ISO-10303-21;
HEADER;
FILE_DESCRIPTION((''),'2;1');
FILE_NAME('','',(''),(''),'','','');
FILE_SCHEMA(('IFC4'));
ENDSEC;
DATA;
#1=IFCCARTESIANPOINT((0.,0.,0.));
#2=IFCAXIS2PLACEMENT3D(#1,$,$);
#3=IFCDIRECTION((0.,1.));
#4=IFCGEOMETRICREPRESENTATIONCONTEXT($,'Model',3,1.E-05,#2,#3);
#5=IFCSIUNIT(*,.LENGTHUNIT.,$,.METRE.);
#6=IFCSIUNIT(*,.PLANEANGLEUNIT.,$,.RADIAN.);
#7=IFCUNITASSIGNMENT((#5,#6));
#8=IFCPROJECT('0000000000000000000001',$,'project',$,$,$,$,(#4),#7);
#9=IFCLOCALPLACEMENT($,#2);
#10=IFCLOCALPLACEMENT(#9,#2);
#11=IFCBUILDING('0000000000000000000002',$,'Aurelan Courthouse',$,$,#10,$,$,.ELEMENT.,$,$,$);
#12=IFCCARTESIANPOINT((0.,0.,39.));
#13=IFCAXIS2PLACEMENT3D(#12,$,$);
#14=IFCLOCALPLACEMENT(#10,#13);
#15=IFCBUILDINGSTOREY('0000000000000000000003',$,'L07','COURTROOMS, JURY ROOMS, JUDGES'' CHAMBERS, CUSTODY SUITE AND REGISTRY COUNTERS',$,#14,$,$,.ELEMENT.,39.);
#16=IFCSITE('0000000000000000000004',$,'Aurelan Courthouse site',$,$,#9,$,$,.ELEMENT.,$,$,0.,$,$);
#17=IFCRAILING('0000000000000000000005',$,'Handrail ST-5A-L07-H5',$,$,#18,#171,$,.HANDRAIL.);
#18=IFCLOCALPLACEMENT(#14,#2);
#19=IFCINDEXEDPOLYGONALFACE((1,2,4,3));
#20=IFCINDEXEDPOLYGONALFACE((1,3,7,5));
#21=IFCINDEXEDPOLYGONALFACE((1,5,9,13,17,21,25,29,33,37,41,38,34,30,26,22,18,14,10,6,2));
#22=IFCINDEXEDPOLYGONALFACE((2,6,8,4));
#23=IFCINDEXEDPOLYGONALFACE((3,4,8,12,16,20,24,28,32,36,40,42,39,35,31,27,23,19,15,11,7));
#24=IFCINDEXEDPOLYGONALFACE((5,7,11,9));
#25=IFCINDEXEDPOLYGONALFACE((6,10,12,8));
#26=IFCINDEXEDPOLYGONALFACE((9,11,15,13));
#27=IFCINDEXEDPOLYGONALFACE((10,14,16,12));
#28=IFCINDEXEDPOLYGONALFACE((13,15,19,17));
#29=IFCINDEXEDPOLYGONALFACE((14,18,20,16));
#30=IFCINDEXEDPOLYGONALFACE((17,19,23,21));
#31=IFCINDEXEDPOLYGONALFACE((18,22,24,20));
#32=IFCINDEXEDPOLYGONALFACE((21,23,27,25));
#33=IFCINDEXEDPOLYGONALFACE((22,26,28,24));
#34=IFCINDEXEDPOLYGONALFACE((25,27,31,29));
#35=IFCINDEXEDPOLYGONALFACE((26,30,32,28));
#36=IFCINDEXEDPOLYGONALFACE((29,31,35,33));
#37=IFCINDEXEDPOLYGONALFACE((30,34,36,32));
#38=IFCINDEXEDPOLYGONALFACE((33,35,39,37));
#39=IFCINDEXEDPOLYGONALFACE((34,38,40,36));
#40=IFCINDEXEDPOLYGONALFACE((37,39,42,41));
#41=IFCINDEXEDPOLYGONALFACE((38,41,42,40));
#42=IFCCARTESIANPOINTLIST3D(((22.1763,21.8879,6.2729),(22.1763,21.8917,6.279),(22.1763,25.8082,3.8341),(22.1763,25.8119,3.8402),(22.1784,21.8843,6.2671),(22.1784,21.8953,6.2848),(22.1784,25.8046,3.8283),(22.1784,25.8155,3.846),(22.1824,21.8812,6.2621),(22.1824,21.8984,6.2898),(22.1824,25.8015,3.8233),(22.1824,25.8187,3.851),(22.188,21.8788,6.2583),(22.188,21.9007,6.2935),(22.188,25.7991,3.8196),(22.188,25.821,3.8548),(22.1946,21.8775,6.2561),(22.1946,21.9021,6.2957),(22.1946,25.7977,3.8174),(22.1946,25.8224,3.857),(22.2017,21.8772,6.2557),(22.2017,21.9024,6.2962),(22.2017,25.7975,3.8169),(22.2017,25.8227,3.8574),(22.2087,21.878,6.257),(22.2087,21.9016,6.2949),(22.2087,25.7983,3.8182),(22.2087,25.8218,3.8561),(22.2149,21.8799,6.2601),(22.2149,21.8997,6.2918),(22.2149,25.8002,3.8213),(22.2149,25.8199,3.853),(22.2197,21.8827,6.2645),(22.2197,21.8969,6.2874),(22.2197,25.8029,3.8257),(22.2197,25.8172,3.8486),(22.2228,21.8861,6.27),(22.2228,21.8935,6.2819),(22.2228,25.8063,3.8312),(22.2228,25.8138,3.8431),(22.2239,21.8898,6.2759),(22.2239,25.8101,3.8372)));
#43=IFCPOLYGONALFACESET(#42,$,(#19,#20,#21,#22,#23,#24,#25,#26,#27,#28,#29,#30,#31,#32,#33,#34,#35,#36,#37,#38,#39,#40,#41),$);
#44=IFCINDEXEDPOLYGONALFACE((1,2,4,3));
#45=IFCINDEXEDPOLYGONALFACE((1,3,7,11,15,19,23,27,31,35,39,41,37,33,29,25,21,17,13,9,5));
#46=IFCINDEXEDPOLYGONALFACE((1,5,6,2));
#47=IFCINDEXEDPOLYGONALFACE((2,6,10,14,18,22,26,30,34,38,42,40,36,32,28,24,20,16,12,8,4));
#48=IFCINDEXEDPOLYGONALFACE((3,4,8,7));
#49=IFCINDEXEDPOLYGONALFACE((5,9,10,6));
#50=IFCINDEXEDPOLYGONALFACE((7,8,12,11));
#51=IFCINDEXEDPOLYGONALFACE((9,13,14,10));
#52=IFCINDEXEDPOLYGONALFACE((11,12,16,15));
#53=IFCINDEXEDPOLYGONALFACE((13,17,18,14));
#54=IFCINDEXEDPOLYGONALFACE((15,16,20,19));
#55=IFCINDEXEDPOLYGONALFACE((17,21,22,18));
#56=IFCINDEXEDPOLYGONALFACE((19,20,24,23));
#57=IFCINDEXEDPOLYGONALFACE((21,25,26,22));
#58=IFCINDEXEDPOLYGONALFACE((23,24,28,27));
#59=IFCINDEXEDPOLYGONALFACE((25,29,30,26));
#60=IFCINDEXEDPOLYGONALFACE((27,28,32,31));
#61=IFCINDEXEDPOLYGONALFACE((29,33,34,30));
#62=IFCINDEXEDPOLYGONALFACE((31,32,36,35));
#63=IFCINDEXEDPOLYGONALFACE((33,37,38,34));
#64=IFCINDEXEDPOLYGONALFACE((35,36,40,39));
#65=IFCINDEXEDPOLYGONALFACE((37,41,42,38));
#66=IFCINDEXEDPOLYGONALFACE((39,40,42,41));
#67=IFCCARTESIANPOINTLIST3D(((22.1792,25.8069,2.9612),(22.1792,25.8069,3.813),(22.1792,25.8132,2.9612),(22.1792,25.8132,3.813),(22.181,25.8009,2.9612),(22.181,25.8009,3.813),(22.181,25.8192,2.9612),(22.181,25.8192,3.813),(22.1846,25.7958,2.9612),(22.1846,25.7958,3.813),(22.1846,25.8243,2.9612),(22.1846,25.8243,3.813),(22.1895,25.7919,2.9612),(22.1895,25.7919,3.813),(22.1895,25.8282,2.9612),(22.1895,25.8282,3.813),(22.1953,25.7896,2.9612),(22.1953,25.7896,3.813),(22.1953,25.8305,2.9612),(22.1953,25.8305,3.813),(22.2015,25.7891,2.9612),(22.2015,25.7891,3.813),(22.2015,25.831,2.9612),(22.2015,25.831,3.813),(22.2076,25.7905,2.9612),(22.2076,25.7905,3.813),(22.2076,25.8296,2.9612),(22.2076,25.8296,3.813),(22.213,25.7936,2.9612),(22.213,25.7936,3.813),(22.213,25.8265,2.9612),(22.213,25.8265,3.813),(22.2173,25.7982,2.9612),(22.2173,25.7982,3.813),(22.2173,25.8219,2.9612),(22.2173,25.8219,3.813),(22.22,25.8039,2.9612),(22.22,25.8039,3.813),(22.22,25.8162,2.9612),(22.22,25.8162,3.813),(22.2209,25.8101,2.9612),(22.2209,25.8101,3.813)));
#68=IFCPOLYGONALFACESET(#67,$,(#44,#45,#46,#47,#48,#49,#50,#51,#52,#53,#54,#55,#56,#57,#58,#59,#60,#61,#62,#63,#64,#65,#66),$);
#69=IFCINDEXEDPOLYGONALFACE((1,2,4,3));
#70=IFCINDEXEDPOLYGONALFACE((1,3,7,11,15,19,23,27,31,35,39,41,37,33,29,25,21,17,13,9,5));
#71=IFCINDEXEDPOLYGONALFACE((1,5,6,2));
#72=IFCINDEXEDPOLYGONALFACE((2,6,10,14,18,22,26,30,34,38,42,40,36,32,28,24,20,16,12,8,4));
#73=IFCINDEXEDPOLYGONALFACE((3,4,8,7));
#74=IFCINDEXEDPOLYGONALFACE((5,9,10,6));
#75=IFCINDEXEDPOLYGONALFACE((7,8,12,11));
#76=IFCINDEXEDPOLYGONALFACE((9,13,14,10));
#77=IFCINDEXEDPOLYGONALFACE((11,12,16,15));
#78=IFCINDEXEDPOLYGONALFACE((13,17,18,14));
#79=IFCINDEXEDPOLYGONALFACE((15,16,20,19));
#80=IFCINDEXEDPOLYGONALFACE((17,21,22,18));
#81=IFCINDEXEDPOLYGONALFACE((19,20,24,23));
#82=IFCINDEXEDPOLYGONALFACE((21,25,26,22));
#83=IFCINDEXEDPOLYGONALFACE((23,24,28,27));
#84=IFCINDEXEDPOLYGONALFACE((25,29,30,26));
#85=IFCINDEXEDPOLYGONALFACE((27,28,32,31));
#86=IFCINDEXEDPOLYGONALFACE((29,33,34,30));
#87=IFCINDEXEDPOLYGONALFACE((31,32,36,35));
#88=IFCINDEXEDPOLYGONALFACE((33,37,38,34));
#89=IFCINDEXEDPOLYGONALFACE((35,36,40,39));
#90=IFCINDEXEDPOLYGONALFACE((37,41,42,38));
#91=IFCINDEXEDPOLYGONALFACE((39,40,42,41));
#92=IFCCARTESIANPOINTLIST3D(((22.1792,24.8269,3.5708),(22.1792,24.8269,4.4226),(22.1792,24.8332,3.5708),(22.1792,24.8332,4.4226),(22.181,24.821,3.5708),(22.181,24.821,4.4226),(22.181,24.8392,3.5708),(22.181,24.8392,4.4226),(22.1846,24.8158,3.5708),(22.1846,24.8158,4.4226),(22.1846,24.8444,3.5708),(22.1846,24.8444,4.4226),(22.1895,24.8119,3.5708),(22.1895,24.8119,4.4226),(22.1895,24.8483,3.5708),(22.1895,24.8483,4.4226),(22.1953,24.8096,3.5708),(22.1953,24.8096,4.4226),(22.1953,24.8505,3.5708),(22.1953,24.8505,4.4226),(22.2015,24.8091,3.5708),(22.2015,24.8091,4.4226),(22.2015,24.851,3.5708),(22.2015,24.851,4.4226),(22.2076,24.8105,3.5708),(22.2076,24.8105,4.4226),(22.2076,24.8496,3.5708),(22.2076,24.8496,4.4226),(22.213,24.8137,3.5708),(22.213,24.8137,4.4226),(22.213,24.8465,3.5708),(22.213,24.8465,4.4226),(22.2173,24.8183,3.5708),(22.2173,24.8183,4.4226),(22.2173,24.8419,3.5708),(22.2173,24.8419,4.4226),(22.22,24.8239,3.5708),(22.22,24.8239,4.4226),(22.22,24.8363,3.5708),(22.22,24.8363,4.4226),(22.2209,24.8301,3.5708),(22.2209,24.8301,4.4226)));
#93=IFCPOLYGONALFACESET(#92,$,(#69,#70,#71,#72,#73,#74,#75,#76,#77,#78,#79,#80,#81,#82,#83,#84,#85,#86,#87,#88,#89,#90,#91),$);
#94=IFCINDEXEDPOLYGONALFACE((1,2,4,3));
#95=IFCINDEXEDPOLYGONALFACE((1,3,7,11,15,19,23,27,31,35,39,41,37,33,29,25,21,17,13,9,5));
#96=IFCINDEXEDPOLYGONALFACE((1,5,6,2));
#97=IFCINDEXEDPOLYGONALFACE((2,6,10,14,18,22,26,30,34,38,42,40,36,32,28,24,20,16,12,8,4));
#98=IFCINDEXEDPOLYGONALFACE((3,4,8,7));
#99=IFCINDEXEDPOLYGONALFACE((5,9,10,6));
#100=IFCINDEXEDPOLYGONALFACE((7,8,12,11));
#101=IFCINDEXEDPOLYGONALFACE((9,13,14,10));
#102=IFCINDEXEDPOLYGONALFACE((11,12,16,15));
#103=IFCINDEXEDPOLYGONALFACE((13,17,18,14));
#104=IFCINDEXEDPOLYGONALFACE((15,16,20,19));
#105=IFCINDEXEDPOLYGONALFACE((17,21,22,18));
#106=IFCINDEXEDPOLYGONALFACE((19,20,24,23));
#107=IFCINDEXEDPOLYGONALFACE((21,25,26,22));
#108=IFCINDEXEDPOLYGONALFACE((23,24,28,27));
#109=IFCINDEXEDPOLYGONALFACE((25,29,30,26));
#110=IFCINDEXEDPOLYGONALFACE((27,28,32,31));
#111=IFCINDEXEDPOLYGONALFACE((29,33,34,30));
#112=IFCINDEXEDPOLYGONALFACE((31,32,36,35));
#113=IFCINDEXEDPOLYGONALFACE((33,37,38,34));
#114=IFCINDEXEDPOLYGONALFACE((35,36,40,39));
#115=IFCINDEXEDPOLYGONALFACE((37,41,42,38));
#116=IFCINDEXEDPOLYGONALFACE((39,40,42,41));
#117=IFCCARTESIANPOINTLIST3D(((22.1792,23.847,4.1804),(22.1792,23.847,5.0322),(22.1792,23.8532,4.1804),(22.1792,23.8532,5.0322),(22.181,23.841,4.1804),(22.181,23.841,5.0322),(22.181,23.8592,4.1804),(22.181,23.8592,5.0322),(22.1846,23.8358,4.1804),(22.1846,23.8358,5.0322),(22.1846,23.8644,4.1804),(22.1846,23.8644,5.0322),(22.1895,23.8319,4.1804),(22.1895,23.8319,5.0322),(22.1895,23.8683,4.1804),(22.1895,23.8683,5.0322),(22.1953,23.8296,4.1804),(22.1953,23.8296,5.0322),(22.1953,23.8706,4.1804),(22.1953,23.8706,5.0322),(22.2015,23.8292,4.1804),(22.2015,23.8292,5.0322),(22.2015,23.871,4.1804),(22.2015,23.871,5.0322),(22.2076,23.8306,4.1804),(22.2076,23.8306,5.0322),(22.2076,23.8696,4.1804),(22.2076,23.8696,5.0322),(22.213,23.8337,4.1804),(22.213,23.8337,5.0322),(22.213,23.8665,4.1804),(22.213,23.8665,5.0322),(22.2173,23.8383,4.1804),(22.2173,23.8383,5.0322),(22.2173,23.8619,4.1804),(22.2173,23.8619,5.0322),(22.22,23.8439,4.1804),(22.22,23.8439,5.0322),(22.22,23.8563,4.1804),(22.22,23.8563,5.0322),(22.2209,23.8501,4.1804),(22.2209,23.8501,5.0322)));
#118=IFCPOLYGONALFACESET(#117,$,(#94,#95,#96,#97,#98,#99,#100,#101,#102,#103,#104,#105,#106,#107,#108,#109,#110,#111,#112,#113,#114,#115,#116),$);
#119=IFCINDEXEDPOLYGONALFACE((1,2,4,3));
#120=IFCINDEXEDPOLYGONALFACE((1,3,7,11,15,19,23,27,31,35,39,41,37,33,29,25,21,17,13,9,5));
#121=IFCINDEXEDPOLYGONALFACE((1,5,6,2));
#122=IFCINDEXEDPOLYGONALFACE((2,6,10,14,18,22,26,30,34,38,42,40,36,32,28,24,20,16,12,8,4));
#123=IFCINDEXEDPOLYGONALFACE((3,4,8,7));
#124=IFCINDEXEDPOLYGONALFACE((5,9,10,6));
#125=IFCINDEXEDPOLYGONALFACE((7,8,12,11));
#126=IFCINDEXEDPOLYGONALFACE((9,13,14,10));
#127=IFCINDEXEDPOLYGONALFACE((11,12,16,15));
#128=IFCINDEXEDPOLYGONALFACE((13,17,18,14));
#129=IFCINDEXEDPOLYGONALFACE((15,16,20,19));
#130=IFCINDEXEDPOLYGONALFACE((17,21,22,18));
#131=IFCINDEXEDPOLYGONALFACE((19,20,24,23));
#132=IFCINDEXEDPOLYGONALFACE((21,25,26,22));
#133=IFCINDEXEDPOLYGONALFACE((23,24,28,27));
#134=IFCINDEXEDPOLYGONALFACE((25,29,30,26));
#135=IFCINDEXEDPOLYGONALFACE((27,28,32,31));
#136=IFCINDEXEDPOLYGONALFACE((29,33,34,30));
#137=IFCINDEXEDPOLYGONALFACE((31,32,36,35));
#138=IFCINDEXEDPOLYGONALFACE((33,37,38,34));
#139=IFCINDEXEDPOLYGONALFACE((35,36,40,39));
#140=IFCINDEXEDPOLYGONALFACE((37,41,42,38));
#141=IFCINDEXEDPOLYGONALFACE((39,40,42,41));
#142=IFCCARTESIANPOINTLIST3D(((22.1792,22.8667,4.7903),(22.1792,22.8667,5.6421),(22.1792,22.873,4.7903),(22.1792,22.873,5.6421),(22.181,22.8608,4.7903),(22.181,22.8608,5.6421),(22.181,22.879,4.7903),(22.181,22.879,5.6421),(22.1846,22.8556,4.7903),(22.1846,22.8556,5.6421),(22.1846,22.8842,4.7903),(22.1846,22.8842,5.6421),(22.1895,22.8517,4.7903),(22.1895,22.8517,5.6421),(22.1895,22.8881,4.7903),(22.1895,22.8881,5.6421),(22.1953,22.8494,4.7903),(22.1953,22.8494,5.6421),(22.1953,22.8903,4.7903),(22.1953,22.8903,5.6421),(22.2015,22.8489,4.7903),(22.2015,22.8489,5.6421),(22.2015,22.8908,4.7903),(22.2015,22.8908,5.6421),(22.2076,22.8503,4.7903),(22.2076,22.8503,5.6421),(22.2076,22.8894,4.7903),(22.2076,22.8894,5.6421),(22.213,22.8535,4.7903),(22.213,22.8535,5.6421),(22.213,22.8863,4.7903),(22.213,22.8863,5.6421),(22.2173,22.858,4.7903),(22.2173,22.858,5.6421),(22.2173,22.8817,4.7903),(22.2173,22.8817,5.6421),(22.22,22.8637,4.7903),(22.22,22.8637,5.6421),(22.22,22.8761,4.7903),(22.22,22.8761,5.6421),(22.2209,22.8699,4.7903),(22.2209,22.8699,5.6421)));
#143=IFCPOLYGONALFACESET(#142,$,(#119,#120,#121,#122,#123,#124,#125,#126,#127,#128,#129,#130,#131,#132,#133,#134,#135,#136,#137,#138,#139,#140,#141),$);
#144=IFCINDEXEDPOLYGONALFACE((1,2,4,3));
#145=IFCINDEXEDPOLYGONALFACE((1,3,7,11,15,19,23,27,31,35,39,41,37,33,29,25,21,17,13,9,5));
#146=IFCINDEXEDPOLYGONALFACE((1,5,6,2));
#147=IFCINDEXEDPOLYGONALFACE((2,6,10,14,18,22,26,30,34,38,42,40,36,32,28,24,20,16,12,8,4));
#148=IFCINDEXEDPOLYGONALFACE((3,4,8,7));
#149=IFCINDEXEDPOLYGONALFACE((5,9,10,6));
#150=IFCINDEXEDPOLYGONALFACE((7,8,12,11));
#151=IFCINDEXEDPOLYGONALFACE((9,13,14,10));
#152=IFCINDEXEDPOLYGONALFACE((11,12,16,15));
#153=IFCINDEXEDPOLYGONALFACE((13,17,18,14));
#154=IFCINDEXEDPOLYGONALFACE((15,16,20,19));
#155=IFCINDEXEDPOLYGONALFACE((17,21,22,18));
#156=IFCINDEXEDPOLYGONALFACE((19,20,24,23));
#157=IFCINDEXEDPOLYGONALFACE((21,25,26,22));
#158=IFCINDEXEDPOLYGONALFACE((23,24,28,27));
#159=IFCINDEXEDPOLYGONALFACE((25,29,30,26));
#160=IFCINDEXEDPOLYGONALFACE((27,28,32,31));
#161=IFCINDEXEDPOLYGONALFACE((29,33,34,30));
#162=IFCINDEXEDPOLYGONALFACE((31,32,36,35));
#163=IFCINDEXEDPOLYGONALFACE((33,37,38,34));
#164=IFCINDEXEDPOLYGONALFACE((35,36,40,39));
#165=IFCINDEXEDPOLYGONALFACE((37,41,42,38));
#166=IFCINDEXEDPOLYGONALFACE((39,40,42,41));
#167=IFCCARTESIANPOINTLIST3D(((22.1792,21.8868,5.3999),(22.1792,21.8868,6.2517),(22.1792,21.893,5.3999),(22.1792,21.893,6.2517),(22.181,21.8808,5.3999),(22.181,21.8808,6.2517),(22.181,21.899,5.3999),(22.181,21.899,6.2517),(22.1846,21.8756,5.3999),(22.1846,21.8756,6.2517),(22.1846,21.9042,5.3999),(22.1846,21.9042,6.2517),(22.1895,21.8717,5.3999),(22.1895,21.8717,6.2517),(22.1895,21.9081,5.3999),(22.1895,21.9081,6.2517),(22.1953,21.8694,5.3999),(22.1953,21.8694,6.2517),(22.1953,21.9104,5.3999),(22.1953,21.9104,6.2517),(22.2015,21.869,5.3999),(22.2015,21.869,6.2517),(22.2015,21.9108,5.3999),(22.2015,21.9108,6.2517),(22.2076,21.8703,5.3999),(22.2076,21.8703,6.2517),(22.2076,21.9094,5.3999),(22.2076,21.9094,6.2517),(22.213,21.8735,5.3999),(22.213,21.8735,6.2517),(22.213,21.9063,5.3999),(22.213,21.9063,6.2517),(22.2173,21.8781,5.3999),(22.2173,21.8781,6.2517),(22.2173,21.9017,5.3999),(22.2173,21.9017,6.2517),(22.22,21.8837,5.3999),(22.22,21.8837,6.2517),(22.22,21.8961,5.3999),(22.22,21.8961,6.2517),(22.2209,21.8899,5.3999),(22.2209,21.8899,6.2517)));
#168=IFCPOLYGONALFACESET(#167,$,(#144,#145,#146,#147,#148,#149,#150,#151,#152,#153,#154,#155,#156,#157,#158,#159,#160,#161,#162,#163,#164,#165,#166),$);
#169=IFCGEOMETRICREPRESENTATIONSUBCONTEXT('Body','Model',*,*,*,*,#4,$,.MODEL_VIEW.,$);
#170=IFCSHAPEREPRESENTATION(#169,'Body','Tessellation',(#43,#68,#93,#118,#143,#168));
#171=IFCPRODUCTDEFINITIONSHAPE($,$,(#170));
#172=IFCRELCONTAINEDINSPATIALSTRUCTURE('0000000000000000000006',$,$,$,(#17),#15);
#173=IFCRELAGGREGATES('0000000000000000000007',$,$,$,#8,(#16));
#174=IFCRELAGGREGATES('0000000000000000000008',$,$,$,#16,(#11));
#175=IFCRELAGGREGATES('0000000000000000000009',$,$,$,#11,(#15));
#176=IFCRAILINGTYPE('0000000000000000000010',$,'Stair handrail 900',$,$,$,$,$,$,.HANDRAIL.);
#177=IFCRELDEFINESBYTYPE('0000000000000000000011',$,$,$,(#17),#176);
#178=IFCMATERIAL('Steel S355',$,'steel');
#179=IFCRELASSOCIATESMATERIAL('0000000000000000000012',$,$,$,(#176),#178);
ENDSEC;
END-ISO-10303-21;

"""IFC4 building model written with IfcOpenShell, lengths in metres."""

from ifc_helpers import new_model, si_unit, direction, frame, origin, origin_2d, place, context, subcontext, project, spatial, circle, extrude, material, type_object, element, save


model = new_model("IFC4")

# Units and contexts
model_context = context("Model", 3, precision=1e-05, world=origin(), true_north=direction((0.0, 1.0)))
body_context = subcontext(model_context, "Body", "Model", "MODEL_VIEW")
ifc_project = project(units=[si_unit("LENGTHUNIT", "METRE"), si_unit("PLANEANGLEUNIT", "RADIAN")], contexts=[model_context])

# Site, building, storey
site_placement = place(None, origin())
site = spatial("IfcSite", under=ifc_project, at=site_placement, Name="Aurelan Courthouse site", CompositionType="ELEMENT", RefElevation=0.0)
building_placement = place(site_placement, origin())
building = spatial("IfcBuilding", under=site, at=building_placement, Name="Aurelan Courthouse", CompositionType="ELEMENT")
storey_placement = place(building_placement, frame((0.0, 0.0, 39.0)))
storey = spatial("IfcBuildingStorey", under=building, at=storey_placement, Name="L07", Description="COURTROOMS, JURY ROOMS, JUDGES' CHAMBERS, CUSTODY SUITE AND REGISTRY COUNTERS", CompositionType="ELEMENT", Elevation=39.0)

# Railing
ifc_material_1 = material(Name="Steel S355", Category="steel")
railing_type_1 = type_object("IfcRailingType", Name="Stair handrail 900", PredefinedType="HANDRAIL", material=ifc_material_1)
for number, where, name in (
    (1, (22.2, 25.8101, 2.9612), "Handrail ST-5A-L07-H5"),
):
    element("IfcRailing", number, at=place(storey_placement, frame(where)), inside=storey, type_object=railing_type_1, Name=name, PredefinedType="HANDRAIL", context=body_context, shape_type="SweptSolid", body=[
        extrude(circle(Radius=0.0239, at=origin_2d()), frame((0.0, 0.0, 0.876), z_axis=(0.0, -0.849105, 0.528225), x_axis=(1.0, 0.0, 0.0)), (0.0, 0.0, 1.0), 4.6169),
        extrude(circle(Radius=0.021, at=origin_2d()), origin(), (0.0, 0.0, 1.0), 0.8518),
        extrude(circle(Radius=0.021, at=origin_2d()), frame((0.0, -0.98, 0.6096)), (0.0, 0.0, 1.0), 0.8518),
        extrude(circle(Radius=0.021, at=origin_2d()), frame((0.0, -1.96, 1.2192)), (0.0, 0.0, 1.0), 0.8518),
        extrude(circle(Radius=0.021, at=origin_2d()), frame((0.0, -2.9402, 1.8291)), (0.0, 0.0, 1.0), 0.8518),
        extrude(circle(Radius=0.021, at=origin_2d()), frame((0.0, -3.9202, 2.4387)), (0.0, 0.0, 1.0), 0.8518),
    ])

save(model, "model.ifc")
